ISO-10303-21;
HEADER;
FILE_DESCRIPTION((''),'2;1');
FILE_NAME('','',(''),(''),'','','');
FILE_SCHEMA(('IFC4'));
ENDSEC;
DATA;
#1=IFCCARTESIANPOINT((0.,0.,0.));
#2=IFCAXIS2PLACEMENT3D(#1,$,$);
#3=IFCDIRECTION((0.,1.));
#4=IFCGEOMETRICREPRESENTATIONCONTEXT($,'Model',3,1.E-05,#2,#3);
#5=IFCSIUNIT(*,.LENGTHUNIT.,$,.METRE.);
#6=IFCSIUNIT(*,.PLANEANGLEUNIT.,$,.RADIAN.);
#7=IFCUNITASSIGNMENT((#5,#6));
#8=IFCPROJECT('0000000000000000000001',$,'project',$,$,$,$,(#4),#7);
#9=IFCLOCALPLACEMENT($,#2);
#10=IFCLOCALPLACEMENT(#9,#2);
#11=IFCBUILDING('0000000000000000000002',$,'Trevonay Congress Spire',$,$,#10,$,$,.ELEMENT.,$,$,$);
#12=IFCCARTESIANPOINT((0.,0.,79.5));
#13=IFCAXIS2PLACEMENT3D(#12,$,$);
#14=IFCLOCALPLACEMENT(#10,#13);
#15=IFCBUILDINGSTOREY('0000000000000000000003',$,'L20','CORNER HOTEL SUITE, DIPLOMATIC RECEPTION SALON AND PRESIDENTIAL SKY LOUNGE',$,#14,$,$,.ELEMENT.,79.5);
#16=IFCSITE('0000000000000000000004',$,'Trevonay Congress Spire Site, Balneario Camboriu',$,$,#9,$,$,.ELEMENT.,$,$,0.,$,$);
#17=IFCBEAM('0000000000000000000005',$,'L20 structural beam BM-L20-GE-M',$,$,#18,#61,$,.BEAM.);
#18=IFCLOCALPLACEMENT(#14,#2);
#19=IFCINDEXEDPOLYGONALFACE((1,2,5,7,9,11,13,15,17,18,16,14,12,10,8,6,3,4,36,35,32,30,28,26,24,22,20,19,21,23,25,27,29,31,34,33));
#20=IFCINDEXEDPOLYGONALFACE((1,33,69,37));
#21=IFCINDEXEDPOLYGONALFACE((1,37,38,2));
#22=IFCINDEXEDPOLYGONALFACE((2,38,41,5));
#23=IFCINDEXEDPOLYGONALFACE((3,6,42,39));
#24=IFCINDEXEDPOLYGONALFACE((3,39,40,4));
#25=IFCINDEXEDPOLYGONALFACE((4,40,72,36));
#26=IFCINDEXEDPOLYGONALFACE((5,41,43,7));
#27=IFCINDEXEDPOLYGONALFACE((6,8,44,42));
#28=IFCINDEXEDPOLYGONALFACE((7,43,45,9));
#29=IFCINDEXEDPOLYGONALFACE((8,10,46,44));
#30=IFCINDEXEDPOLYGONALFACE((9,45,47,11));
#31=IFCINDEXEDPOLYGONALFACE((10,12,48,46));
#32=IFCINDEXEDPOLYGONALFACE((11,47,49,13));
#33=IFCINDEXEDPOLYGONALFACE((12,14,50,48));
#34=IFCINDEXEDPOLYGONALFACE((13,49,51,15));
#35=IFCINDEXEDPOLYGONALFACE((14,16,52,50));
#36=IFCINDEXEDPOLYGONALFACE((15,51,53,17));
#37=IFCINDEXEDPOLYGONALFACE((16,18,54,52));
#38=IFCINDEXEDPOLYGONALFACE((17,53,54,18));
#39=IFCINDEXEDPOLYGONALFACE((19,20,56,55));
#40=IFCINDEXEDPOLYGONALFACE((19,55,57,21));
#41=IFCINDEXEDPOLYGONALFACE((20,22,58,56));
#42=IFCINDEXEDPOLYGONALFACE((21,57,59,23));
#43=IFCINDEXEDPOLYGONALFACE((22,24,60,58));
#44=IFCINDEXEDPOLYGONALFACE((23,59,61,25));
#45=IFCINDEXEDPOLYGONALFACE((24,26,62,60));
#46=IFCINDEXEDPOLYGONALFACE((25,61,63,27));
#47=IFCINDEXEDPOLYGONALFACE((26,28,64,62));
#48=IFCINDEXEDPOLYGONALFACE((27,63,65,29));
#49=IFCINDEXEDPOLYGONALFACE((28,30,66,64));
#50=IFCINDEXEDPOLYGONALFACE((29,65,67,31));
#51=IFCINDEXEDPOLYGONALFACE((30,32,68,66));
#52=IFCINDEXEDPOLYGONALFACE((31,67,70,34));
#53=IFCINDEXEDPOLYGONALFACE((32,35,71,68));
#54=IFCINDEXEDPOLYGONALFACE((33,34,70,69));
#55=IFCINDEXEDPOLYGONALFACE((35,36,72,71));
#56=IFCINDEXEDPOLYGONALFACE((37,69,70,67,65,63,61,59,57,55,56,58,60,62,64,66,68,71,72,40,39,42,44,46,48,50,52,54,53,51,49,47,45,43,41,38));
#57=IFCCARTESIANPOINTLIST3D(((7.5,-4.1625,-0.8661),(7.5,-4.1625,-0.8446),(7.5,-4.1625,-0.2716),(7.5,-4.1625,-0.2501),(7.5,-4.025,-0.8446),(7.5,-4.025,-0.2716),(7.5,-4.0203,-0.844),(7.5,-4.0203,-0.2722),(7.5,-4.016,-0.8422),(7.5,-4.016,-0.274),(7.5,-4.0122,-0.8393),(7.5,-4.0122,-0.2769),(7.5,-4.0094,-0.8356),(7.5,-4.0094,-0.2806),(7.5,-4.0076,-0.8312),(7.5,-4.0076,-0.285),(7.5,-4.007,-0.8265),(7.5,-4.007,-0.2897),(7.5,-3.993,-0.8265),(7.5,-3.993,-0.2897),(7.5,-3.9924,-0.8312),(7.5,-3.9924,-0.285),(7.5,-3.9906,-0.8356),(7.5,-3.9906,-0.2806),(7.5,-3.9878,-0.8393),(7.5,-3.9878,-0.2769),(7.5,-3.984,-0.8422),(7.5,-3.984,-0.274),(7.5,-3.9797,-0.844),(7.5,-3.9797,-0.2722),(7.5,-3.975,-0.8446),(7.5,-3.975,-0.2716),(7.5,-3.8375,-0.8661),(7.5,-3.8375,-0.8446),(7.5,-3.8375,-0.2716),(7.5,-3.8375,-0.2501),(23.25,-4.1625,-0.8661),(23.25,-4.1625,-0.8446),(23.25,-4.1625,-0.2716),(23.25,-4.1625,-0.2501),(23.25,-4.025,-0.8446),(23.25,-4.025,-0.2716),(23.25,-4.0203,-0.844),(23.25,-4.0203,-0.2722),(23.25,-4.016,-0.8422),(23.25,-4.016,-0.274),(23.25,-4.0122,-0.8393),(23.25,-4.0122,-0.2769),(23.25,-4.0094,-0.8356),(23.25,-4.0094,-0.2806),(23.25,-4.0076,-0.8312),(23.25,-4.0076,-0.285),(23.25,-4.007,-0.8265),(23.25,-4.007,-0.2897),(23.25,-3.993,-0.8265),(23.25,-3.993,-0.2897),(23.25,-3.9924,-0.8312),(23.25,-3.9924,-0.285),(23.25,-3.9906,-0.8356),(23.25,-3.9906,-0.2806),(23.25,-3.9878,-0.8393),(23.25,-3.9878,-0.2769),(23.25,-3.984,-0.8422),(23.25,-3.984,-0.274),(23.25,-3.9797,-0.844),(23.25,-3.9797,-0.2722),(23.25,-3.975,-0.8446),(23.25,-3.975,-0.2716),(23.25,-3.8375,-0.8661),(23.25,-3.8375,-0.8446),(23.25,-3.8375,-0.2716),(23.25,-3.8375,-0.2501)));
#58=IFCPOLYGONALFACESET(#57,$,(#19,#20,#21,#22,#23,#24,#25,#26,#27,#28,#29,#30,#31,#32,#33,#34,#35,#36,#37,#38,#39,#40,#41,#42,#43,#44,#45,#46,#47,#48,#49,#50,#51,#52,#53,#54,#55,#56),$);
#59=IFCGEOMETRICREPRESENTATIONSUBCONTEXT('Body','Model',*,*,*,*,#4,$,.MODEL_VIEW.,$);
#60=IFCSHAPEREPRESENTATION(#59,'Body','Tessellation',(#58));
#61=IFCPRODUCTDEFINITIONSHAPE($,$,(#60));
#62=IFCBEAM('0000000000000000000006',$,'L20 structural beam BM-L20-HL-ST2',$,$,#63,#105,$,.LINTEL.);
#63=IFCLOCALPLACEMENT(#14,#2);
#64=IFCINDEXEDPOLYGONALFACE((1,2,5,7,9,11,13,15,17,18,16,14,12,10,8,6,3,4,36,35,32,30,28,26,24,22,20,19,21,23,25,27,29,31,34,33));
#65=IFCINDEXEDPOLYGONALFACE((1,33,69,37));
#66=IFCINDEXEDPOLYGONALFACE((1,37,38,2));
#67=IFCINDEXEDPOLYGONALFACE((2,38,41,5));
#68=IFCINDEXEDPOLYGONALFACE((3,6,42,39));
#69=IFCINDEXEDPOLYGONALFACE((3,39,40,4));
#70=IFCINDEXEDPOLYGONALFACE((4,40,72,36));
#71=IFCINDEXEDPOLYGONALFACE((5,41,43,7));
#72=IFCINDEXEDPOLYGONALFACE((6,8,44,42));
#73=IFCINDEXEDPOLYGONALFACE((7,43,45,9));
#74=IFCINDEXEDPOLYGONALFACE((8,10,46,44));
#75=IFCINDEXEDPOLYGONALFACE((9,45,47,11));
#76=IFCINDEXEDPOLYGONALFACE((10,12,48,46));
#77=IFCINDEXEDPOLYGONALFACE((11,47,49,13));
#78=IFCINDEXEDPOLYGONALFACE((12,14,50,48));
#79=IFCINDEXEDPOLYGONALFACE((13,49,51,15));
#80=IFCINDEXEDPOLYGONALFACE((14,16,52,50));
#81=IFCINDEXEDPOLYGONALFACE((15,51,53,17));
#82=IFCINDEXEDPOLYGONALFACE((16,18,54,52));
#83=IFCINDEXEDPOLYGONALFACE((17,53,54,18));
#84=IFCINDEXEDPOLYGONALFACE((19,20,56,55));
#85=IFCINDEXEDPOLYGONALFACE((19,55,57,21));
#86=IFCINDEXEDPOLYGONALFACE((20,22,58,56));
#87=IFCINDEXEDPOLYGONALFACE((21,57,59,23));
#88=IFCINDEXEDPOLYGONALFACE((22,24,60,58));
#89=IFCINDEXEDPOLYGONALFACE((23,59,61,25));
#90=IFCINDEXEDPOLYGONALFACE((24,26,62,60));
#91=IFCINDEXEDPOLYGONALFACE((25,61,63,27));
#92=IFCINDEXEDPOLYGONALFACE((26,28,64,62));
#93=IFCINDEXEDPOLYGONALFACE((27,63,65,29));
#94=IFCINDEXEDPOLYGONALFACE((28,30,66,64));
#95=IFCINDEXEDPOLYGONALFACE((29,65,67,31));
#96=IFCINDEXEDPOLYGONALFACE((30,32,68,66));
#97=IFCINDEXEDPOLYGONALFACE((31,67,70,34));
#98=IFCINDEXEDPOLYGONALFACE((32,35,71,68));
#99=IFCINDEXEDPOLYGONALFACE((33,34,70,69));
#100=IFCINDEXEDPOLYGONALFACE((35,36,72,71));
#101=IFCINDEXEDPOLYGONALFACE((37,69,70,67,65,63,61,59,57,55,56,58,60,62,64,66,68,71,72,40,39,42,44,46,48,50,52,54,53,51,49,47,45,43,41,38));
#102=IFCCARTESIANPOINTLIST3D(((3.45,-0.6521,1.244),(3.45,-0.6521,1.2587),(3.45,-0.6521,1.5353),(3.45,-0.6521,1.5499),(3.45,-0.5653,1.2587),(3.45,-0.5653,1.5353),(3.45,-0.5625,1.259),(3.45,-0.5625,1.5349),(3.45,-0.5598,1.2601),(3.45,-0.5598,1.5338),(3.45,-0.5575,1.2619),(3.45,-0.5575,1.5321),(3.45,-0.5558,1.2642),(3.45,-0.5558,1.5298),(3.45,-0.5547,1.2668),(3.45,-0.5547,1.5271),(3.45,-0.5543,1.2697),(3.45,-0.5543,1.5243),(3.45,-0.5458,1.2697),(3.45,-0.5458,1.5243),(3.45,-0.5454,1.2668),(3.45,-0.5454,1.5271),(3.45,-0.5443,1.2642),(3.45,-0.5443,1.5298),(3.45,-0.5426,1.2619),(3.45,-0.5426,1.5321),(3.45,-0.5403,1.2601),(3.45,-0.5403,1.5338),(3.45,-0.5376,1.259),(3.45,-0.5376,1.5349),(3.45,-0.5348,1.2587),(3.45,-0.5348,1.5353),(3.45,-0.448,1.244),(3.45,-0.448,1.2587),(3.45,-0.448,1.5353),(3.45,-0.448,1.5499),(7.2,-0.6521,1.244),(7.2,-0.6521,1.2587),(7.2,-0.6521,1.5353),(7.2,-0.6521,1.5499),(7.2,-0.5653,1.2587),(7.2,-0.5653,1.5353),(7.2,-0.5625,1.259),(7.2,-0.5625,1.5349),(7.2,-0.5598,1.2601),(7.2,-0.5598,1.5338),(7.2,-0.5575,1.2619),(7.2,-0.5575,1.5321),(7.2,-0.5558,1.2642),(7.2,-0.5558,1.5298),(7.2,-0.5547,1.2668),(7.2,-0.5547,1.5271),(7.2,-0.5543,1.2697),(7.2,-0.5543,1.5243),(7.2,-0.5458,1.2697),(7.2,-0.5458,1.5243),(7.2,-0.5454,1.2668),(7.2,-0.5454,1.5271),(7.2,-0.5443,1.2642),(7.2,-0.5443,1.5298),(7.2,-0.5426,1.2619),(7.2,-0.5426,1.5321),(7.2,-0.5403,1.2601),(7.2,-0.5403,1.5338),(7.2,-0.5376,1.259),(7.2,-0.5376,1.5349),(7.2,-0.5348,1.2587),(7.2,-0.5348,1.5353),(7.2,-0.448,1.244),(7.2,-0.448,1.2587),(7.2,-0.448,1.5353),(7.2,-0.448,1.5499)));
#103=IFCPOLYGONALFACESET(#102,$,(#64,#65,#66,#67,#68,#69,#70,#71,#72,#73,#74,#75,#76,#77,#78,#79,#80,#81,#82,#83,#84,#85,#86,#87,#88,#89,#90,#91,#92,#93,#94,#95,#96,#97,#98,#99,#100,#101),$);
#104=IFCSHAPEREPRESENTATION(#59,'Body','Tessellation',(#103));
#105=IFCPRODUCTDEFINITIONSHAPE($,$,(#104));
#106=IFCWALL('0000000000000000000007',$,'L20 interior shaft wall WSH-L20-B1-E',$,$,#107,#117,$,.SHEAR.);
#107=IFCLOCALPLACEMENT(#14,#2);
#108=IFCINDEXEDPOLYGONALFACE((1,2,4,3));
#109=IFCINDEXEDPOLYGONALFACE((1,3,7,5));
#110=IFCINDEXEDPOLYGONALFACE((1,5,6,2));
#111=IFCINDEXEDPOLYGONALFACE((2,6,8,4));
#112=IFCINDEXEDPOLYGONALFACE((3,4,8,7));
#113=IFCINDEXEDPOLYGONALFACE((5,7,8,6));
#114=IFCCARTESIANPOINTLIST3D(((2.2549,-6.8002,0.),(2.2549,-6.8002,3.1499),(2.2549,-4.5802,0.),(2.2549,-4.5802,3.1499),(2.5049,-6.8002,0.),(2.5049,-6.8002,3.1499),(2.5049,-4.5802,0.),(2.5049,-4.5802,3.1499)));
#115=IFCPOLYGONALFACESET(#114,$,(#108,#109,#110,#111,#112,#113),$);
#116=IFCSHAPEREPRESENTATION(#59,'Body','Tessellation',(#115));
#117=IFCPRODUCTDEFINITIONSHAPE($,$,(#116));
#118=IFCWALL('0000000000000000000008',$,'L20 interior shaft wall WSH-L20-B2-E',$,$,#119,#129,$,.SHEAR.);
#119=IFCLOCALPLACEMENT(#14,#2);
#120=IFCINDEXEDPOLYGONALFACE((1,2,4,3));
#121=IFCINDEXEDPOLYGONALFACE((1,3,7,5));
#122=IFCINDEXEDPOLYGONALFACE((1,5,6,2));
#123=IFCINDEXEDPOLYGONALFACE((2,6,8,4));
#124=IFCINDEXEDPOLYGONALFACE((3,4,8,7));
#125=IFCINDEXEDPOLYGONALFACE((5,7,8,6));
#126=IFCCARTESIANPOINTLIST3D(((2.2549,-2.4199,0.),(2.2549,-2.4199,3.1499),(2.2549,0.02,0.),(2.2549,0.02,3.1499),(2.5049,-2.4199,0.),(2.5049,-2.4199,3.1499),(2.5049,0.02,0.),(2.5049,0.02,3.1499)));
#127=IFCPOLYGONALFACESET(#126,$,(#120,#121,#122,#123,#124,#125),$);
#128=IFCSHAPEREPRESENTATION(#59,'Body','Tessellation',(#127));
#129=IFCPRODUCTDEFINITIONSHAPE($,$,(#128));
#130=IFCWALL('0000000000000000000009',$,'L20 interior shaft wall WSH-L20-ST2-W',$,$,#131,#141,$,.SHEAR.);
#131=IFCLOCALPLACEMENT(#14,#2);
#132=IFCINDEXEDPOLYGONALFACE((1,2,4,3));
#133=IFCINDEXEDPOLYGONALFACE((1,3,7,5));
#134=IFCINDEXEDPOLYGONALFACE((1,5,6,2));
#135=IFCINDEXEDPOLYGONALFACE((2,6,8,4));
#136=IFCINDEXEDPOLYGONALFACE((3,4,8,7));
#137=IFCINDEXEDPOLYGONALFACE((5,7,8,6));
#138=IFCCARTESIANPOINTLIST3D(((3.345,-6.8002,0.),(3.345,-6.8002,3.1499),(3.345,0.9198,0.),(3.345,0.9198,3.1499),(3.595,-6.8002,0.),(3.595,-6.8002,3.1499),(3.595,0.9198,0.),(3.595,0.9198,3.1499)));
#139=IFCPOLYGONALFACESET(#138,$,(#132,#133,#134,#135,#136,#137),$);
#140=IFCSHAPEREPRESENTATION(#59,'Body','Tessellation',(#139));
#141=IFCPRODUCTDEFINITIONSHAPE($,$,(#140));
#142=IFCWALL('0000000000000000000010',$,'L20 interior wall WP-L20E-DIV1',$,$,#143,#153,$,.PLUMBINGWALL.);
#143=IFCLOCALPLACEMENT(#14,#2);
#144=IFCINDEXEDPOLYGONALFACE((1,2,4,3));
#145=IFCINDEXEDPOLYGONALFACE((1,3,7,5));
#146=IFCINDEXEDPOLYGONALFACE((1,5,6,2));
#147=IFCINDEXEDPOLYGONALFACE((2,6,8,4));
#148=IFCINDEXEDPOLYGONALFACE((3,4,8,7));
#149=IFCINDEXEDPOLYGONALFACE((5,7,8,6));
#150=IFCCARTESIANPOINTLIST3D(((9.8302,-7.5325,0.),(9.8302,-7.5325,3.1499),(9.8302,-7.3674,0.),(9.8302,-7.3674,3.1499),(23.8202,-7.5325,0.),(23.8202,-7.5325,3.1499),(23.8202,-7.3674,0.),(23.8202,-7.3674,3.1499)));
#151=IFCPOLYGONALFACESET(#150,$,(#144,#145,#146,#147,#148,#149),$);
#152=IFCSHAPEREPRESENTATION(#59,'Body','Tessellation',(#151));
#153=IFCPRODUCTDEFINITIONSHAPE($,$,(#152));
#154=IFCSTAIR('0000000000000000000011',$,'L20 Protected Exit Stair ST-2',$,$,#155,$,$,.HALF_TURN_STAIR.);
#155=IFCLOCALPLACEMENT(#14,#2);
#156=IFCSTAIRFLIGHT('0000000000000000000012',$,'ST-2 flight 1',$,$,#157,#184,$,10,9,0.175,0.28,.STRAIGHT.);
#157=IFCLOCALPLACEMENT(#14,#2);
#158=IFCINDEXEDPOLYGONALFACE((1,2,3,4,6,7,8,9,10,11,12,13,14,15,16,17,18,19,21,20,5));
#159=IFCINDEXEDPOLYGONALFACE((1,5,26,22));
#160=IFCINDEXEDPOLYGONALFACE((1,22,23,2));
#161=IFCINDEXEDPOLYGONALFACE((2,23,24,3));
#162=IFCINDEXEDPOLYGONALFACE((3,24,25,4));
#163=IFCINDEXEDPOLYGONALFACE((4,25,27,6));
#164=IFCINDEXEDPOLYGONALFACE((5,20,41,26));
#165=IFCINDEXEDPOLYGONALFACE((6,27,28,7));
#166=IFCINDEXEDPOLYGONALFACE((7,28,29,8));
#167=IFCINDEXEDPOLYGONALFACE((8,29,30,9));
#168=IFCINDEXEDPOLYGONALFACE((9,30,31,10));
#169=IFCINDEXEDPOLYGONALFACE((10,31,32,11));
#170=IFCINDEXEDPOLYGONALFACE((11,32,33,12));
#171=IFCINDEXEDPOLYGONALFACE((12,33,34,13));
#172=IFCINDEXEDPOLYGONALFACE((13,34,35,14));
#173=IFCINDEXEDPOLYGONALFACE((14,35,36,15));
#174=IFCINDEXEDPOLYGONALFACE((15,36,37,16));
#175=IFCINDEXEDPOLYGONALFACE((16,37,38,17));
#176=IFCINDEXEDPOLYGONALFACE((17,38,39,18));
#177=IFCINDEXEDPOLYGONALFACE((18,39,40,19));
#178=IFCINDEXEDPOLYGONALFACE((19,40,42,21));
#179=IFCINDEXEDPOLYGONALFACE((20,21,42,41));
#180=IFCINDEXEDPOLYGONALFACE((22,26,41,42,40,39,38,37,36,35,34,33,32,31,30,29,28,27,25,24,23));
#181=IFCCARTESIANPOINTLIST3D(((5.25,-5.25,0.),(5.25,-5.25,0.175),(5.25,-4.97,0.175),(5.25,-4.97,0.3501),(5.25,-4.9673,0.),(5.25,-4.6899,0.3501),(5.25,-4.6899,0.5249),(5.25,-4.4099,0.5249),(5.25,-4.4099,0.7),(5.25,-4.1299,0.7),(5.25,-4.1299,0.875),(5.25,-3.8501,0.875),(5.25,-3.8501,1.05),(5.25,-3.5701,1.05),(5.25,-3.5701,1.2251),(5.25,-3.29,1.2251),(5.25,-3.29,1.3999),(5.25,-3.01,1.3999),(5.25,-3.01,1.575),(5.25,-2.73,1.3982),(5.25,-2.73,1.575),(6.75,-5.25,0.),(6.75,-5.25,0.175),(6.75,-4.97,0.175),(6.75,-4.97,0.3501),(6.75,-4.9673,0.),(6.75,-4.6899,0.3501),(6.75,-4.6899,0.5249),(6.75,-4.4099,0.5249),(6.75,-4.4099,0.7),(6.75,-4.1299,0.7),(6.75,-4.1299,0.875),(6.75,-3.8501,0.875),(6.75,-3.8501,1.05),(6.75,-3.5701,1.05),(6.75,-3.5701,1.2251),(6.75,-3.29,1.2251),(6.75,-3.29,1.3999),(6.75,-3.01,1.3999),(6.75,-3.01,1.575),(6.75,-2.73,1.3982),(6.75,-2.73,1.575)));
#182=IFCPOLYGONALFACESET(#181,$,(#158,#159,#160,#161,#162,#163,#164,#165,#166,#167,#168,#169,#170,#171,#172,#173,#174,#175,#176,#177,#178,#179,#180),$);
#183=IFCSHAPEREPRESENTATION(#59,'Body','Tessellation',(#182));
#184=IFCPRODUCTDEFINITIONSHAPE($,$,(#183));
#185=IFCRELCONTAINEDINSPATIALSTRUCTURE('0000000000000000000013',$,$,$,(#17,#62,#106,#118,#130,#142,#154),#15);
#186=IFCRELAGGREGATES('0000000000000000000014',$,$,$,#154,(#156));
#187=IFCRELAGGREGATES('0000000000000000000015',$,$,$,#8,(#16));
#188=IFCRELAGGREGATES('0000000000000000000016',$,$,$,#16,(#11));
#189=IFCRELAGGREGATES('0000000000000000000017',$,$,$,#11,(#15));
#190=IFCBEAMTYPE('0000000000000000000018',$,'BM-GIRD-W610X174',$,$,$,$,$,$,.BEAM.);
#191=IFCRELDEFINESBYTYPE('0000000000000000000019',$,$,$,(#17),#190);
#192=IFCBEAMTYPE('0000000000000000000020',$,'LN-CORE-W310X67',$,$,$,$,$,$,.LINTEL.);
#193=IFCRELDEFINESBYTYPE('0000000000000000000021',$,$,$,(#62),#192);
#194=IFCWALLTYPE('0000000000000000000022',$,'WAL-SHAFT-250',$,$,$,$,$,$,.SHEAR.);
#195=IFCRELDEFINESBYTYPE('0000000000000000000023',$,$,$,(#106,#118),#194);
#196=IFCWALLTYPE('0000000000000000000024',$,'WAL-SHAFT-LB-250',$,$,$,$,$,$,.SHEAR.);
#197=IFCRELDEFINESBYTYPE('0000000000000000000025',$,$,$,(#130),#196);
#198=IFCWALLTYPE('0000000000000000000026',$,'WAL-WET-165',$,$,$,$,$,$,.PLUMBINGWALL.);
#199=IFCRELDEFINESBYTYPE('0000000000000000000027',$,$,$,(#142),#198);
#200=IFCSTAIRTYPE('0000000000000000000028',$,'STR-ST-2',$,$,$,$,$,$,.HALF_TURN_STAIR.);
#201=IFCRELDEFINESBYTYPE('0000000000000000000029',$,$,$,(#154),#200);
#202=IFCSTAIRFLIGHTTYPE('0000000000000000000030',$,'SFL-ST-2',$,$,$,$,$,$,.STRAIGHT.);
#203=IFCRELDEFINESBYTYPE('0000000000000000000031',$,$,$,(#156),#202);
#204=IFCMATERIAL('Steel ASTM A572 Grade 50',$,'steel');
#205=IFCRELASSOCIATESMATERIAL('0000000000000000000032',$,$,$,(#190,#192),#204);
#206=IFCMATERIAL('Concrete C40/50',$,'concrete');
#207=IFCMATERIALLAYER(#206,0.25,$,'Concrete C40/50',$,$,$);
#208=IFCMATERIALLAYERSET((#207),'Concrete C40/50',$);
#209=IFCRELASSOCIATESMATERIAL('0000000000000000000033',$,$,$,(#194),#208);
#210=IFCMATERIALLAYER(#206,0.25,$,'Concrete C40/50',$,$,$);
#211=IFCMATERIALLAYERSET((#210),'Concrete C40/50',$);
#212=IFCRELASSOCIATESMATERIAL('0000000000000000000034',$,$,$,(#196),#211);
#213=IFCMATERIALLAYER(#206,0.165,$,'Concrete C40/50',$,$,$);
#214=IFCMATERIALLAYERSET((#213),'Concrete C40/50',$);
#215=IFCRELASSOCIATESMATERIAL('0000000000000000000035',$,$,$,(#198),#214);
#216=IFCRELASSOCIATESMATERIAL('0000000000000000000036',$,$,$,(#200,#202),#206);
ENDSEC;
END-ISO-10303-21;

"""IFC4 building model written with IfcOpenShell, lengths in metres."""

from ifc_helpers import new_model, si_unit, direction, frame, frame_2d, origin, origin_2d, place, context, subcontext, project, spatial, polyline, rectangle, i_section, outline, extrude, material, layer, layer_set, material_profile, profile_set, type_object, element, aggregate, save


model = new_model("IFC4")

# Units and contexts
model_context = context("Model", 3, precision=1e-05, world=origin(), true_north=direction((0.0, 1.0)))
body_context = subcontext(model_context, "Body", "Model", "MODEL_VIEW")
ifc_project = project(units=[si_unit("LENGTHUNIT", "METRE"), si_unit("PLANEANGLEUNIT", "RADIAN")], contexts=[model_context])

# Site, building, storey
site_placement = place(None, origin())
site = spatial("IfcSite", under=ifc_project, at=site_placement, Name="Trevonay Congress Spire Site, Balneario Camboriu", CompositionType="ELEMENT", RefElevation=0.0)
building_placement = place(site_placement, origin())
building = spatial("IfcBuilding", under=site, at=building_placement, Name="Trevonay Congress Spire", CompositionType="ELEMENT")
storey_placement = place(building_placement, frame((0.0, 0.0, 79.5)))
storey = spatial("IfcBuildingStorey", under=building, at=storey_placement, Name="L20", Description="CORNER HOTEL SUITE, DIPLOMATIC RECEPTION SALON AND PRESIDENTIAL SKY LOUNGE", CompositionType="ELEMENT", Elevation=79.5)

# Beams
ifc_material_1 = material(Name="Steel ASTM A572 Grade 50", Category="steel")
ifc_material_profile_1 = material_profile(ifc_material_1, i_section(OverallWidth=0.325, OverallDepth=0.616, WebThickness=0.0139, FlangeThickness=0.0215, FilletRadius=0.0181, at=origin_2d()), Name="W610x174")
ifc_profile_set_1 = profile_set([ifc_material_profile_1], Name="Steel ASTM A572 Grade 50")
beam_type_1 = type_object("IfcBeamType", Name="BM-GIRD-W610X174", PredefinedType="BEAM", material=ifc_profile_set_1)
beam_1_placement = place(storey_placement, frame((7.5, -4.0, -0.5581), z_axis=(1.0, 0.0, 0.0), x_axis=(0.0, 1.0, 0.0)))
element("IfcBeam", 1, at=beam_1_placement, inside=storey, type_object=beam_type_1, Name="L20 structural beam BM-L20-GE-M", PredefinedType="BEAM", context=body_context, shape_type="SweptSolid", body=[
    extrude(i_section(OverallWidth=0.325, OverallDepth=0.616, WebThickness=0.0139, FlangeThickness=0.0215, FilletRadius=0.0181, at=origin_2d()), origin(), (0.0, 0.0, 1.0), 15.75),
])
ifc_material_profile_2 = material_profile(ifc_material_1, i_section(OverallWidth=0.2041, OverallDepth=0.3059, WebThickness=0.0085, FlangeThickness=0.0146, FilletRadius=0.011, at=origin_2d()), Name="W310x67")
ifc_profile_set_2 = profile_set([ifc_material_profile_2], Name="Steel ASTM A572 Grade 50")
beam_type_2 = type_object("IfcBeamType", Name="LN-CORE-W310X67", PredefinedType="LINTEL", material=ifc_profile_set_2)
beam_2_placement = place(storey_placement, frame((3.45, -0.55, 1.397), z_axis=(1.0, 0.0, 0.0), x_axis=(0.0, 1.0, 0.0)))
element("IfcBeam", 2, at=beam_2_placement, inside=storey, type_object=beam_type_2, Name="L20 structural beam BM-L20-HL-ST2", PredefinedType="LINTEL", context=body_context, shape_type="SweptSolid", body=[
    extrude(i_section(OverallWidth=0.2041, OverallDepth=0.3059, WebThickness=0.0085, FlangeThickness=0.0146, FilletRadius=0.011, at=origin_2d()), origin(), (0.0, 0.0, 1.0), 3.75),
])

# Walls
ifc_material_2 = material(Name="Concrete C40/50", Category="concrete")
ifc_layer_1 = layer(ifc_material_2, 0.25, Name="Concrete C40/50")
ifc_layer_set_1 = layer_set([ifc_layer_1], Name="Concrete C40/50")
wall_type_1 = type_object("IfcWallType", Name="WAL-SHAFT-250", PredefinedType="SHEAR", material=ifc_layer_set_1)
wall_1_placement = place(storey_placement, frame((2.3799, -6.8, 0.0), z_axis=(0.0, 0.0, 1.0), x_axis=(0.0, 1.0, 0.0)))
element("IfcWall", 3, at=wall_1_placement, inside=storey, type_object=wall_type_1, Name="L20 interior shaft wall WSH-L20-B1-E", PredefinedType="SHEAR", context=body_context, shape_type="SweptSolid", body=[
    extrude(rectangle(XDim=2.22, YDim=0.25, at=frame_2d((1.1099, 0.0))), origin(), (0.0, 0.0, 1.0), 3.1499),
])
wall_2_placement = place(storey_placement, frame((2.3799, -2.4199, 0.0), z_axis=(0.0, 0.0, 1.0), x_axis=(0.0, 1.0, 0.0)))
element("IfcWall", 4, at=wall_2_placement, inside=storey, type_object=wall_type_1, Name="L20 interior shaft wall WSH-L20-B2-E", PredefinedType="SHEAR", context=body_context, shape_type="SweptSolid", body=[
    extrude(rectangle(XDim=2.4399, YDim=0.25, at=frame_2d((1.22, 0.0))), origin(), (0.0, 0.0, 1.0), 3.1499),
])
ifc_layer_2 = layer(ifc_material_2, 0.25, Name="Concrete C40/50")
ifc_layer_set_2 = layer_set([ifc_layer_2], Name="Concrete C40/50")
wall_type_2 = type_object("IfcWallType", Name="WAL-SHAFT-LB-250", PredefinedType="SHEAR", material=ifc_layer_set_2)
wall_3_placement = place(storey_placement, frame((3.47, -6.8, 0.0), z_axis=(0.0, 0.0, 1.0), x_axis=(0.0, 1.0, 0.0)))
element("IfcWall", 5, at=wall_3_placement, inside=storey, type_object=wall_type_2, Name="L20 interior shaft wall WSH-L20-ST2-W", PredefinedType="SHEAR", context=body_context, shape_type="SweptSolid", body=[
    extrude(rectangle(XDim=7.72, YDim=0.25, at=frame_2d((3.8599, 0.0))), origin(), (0.0, 0.0, 1.0), 3.1499),
])
ifc_layer_3 = layer(ifc_material_2, 0.165, Name="Concrete C40/50")
ifc_layer_set_3 = layer_set([ifc_layer_3], Name="Concrete C40/50")
wall_type_3 = type_object("IfcWallType", Name="WAL-WET-165", PredefinedType="PLUMBINGWALL", material=ifc_layer_set_3)
wall_4_placement = place(storey_placement, frame((9.8301, -7.45, 0.0), z_axis=(0.0, 0.0, 1.0), x_axis=(1.0, 0.0, 0.0)))
element("IfcWall", 6, at=wall_4_placement, inside=storey, type_object=wall_type_3, Name="L20 interior wall WP-L20E-DIV1", PredefinedType="PLUMBINGWALL", context=body_context, shape_type="SweptSolid", body=[
    extrude(rectangle(XDim=13.99, YDim=0.165, at=frame_2d((6.9951, 0.0))), origin(), (0.0, 0.0, 1.0), 3.1499),
])

# Stair, stair flight
stair_type = type_object("IfcStairType", Name="STR-ST-2", PredefinedType="HALF_TURN_STAIR", material=ifc_material_2)
stair_placement = place(storey_placement, origin())
stair = element("IfcStair", 7, at=stair_placement, inside=storey, type_object=stair_type, Name="L20 Protected Exit Stair ST-2", PredefinedType="HALF_TURN_STAIR")
stair_flight_type = type_object("IfcStairFlightType", Name="SFL-ST-2", PredefinedType="STRAIGHT", material=ifc_material_2)
stair_flight_1_placement = place(storey_placement, frame((6.0, -5.25, 0.0), z_axis=(0.0, 0.0, 1.0), x_axis=(0.0, 1.0, 0.0)))
stair_flight_1 = element("IfcStairFlight", 8, at=stair_flight_1_placement, type_object=stair_flight_type, Name="ST-2 flight 1", NumberOfRisers=10, NumberOfTreads=9, PredefinedType="STRAIGHT", RiserHeight=0.175, TreadLength=0.28, context=body_context, shape_type="SweptSolid", body=[
    extrude(outline(polyline([(0.0, 0.0), (0.0, 0.175), (0.28, 0.175), (0.28, 0.3501), (0.5601, 0.3501), (0.5601, 0.5249), (0.8401, 0.5249), (0.8401, 0.7), (1.1201, 0.7), (1.1201, 0.875), (1.3999, 0.875), (1.3999, 1.05), (1.6799, 1.05), (1.6799, 1.2251), (1.96, 1.2251), (1.96, 1.3999), (2.24, 1.3999), (2.24, 1.575), (2.52, 1.575), (2.52, 1.75), (2.52, 1.3982), (0.2827, 0.0), (0.0, 0.0)])), frame((0.0, 0.75, 0.0), z_axis=(0.0, -1.0, 0.0), x_axis=(1.0, 0.0, 0.0)), (0.0, 0.0, 1.0), 1.5),
])
aggregate(stair, [stair_flight_1])

save(model, "model.ifc")
